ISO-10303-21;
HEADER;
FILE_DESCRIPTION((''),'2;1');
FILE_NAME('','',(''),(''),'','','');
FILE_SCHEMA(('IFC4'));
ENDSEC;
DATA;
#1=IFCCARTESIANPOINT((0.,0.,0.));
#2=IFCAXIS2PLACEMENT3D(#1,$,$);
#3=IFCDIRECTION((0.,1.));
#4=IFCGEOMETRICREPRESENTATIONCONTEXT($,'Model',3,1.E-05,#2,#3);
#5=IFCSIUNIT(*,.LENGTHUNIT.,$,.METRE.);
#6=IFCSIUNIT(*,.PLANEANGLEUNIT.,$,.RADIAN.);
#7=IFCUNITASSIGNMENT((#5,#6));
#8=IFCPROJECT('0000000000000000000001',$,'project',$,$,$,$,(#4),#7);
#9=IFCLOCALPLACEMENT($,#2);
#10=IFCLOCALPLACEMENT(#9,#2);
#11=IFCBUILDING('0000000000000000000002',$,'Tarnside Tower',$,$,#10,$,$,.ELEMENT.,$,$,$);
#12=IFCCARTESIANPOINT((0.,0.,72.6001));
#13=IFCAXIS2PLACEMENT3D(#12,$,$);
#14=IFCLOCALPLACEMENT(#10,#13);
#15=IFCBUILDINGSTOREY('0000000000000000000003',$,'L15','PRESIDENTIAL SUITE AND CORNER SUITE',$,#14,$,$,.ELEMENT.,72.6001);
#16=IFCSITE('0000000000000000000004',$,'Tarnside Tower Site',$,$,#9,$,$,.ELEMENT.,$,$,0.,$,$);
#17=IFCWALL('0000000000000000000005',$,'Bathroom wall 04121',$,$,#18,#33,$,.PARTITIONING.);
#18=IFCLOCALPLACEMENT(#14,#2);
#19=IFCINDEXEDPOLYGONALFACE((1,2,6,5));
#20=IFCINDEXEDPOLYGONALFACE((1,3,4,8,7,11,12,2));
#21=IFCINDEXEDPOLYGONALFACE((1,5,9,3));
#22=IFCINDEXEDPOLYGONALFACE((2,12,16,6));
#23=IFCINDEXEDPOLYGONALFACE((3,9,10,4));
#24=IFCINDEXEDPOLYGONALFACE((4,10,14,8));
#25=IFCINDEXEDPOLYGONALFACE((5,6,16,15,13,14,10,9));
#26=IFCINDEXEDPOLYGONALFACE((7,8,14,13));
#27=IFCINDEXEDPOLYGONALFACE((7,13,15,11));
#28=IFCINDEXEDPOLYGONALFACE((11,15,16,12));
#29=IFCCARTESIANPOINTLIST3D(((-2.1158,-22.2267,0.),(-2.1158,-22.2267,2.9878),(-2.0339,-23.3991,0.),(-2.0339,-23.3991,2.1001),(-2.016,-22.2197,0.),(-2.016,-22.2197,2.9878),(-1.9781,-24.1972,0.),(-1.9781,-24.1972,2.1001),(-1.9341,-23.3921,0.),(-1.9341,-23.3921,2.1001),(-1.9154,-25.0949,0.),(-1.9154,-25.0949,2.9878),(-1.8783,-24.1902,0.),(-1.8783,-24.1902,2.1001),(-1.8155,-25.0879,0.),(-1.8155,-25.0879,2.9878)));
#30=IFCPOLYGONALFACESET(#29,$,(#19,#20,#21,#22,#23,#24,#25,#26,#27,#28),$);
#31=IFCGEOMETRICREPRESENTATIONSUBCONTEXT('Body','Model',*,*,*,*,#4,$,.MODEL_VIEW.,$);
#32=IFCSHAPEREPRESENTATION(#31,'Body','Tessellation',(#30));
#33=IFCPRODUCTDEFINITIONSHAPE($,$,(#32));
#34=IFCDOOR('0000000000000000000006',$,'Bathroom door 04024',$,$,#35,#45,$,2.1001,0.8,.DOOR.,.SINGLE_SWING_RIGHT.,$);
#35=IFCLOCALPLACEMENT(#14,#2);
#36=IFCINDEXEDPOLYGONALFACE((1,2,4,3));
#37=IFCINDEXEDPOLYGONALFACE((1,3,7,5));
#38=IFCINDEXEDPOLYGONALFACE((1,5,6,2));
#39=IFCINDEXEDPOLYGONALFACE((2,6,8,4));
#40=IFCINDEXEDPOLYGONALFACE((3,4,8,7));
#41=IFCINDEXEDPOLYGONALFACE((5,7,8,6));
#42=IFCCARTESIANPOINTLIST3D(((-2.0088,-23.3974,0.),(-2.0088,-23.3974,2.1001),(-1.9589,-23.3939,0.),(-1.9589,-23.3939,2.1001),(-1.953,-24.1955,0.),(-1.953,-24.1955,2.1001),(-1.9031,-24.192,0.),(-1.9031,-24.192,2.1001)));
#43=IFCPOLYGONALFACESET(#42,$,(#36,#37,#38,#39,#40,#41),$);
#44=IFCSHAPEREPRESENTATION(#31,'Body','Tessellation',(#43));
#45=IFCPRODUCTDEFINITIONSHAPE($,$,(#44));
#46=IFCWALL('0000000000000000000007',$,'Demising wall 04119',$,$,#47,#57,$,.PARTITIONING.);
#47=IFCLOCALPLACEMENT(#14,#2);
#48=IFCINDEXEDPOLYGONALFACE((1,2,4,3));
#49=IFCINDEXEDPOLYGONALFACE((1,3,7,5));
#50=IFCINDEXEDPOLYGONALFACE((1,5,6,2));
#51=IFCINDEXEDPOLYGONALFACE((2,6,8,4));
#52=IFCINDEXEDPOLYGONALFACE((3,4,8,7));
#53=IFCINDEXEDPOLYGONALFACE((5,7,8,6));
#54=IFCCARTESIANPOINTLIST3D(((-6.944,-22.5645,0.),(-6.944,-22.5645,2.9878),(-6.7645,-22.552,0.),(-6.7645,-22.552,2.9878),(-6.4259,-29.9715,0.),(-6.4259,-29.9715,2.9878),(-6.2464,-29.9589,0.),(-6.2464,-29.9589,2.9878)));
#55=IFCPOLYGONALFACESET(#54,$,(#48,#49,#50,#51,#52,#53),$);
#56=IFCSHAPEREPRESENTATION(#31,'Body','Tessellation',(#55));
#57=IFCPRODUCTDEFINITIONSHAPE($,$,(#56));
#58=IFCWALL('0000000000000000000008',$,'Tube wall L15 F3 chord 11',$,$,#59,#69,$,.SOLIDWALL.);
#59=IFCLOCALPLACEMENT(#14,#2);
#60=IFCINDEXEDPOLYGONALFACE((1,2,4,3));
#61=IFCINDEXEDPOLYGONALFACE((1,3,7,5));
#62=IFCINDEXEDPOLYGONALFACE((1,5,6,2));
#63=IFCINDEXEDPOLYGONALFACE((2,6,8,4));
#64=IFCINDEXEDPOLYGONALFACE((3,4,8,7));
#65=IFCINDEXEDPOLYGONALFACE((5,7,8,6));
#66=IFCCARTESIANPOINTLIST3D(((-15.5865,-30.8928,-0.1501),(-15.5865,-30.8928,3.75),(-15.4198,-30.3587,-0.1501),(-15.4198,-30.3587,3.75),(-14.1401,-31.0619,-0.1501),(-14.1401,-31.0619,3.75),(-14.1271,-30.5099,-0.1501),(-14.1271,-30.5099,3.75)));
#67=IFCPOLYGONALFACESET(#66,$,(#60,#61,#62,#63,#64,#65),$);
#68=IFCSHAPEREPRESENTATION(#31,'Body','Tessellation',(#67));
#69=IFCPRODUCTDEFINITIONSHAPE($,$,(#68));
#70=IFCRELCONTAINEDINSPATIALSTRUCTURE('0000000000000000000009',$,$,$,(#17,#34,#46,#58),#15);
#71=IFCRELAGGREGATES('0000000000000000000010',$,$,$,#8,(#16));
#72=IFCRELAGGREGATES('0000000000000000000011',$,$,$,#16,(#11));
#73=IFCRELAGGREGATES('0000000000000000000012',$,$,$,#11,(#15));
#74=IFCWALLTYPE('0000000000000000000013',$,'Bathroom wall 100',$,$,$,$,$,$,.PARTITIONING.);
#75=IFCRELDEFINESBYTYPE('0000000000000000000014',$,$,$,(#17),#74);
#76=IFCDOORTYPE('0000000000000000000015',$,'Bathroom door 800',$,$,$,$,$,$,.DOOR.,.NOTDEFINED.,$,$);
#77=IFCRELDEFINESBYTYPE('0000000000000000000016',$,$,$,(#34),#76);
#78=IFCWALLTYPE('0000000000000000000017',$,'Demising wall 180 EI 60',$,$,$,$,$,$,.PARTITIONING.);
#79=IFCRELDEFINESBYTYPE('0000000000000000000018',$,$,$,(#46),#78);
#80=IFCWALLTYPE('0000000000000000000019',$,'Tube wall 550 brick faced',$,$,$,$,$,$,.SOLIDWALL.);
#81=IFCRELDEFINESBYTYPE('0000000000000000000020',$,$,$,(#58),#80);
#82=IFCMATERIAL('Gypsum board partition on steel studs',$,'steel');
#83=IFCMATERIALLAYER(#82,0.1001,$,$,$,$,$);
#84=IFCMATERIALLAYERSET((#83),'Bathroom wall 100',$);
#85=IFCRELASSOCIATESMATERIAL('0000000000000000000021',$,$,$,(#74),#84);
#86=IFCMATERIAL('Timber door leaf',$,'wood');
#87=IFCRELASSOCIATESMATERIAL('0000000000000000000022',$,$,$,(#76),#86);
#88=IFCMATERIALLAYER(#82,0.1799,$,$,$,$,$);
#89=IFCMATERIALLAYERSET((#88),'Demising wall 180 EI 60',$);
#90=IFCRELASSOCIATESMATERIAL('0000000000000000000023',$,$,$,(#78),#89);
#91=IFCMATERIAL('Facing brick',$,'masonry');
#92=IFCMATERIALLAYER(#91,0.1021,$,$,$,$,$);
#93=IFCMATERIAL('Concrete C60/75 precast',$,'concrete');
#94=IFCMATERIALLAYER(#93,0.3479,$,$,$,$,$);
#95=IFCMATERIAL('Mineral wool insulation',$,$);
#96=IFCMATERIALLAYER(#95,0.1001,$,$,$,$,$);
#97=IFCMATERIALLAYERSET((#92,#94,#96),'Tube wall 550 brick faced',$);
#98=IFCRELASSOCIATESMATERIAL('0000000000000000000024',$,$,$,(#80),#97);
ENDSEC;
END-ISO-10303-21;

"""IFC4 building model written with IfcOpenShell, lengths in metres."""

from ifc_helpers import new_model, si_unit, direction, frame, frame_2d, origin, place, context, subcontext, project, spatial, polyline, rectangle, outline, extrude, material, layer, layer_set, type_object, element, fill, save


model = new_model("IFC4")

# Units and contexts
model_context = context("Model", 3, precision=1e-05, world=origin(), true_north=direction((0.0, 1.0)))
body_context = subcontext(model_context, "Body", "Model", "MODEL_VIEW")
ifc_project = project(units=[si_unit("LENGTHUNIT", "METRE"), si_unit("PLANEANGLEUNIT", "RADIAN")], contexts=[model_context])

# Site, building, storey
site_placement = place(None, origin())
site = spatial("IfcSite", under=ifc_project, at=site_placement, Name="Tarnside Tower Site", CompositionType="ELEMENT", RefElevation=0.0)
building_placement = place(site_placement, origin())
building = spatial("IfcBuilding", under=site, at=building_placement, Name="Tarnside Tower", CompositionType="ELEMENT")
storey_placement = place(building_placement, frame((0.0, 0.0, 72.6001)))
storey = spatial("IfcBuildingStorey", under=building, at=storey_placement, Name="L15", Description="PRESIDENTIAL SUITE AND CORNER SUITE", CompositionType="ELEMENT", Elevation=72.6001)

# Wall, opening, door
ifc_material_1 = material(Name="Gypsum board partition on steel studs", Category="steel")
ifc_layer_1 = layer(ifc_material_1, 0.1001)
ifc_layer_set_1 = layer_set([ifc_layer_1], Name="Bathroom wall 100")
wall_type_1 = type_object("IfcWallType", Name="Bathroom wall 100", PredefinedType="PARTITIONING", material=ifc_layer_set_1)
wall_1_placement = place(storey_placement, frame((-1.8655, -25.0913, 0.0), z_axis=(0.0, 0.0, 1.0), x_axis=(-0.069714, 0.997567, 0.0)))
wall_1 = element("IfcWall", 1, at=wall_1_placement, inside=storey, type_object=wall_type_1, Name="Bathroom wall 04121", PredefinedType="PARTITIONING", context=body_context, shape_type="SweptSolid", body=[
    extrude(rectangle(XDim=2.8752, YDim=0.1001, at=frame_2d((1.4375, 0.0))), origin(), (0.0, 0.0, 1.0), 2.9878),
])
opening_1_placement = place(wall_1_placement, frame((0.8999, 0.0, 0.0)))
opening_1 = element("IfcOpeningElement", 2, at=opening_1_placement, cuts=wall_1, PredefinedType="OPENING", context=body_context, shape_type="SweptSolid", body=[
    extrude(rectangle(XDim=0.8, YDim=2.1001, at=frame_2d((0.3999, 1.05))), frame((0.0, 0.0601, 0.0), z_axis=(0.0, -1.0, 0.0), x_axis=(1.0, 0.0, 0.0)), (0.0, 0.0, 1.0), 0.1201),
])
ifc_material_2 = material(Name="Timber door leaf", Category="wood")
door_type = type_object("IfcDoorType", Name="Bathroom door 800", OperationType="NOTDEFINED", PredefinedType="DOOR", material=ifc_material_2)
door_placement = place(opening_1_placement, origin())
door = element("IfcDoor", 3, at=door_placement, inside=storey, type_object=door_type, Name="Bathroom door 04024", OperationType="SINGLE_SWING_RIGHT", OverallHeight=2.1001, OverallWidth=0.8, PredefinedType="DOOR", context=body_context, shape_type="SweptSolid", body=[
    extrude(rectangle(XDim=0.8, YDim=2.1001, at=frame_2d((0.3999, 1.05))), frame((0.0, 0.0249, 0.0), z_axis=(0.0, -1.0, 0.0), x_axis=(1.0, 0.0, 0.0)), (0.0, 0.0, 1.0), 0.05),
])
fill(opening_1, door)

# Walls
ifc_layer_2 = layer(ifc_material_1, 0.1799)
ifc_layer_set_2 = layer_set([ifc_layer_2], Name="Demising wall 180 EI 60")
wall_type_2 = type_object("IfcWallType", Name="Demising wall 180 EI 60", PredefinedType="PARTITIONING", material=ifc_layer_set_2)
wall_2_placement = place(storey_placement, frame((-6.3362, -29.9651, 0.0), z_axis=(0.0, 0.0, 1.0), x_axis=(-0.069773, 0.997563, 0.0)))
element("IfcWall", 4, at=wall_2_placement, inside=storey, type_object=wall_type_2, Name="Demising wall 04119", PredefinedType="PARTITIONING", context=body_context, shape_type="SweptSolid", body=[
    extrude(rectangle(XDim=7.425, YDim=0.1799, at=frame_2d((3.7124, 0.0))), origin(), (0.0, 0.0, 1.0), 2.9878),
])
ifc_material_3 = material(Name="Facing brick", Category="masonry")
ifc_layer_3 = layer(ifc_material_3, 0.1021)
ifc_material_4 = material(Name="Concrete C60/75 precast", Category="concrete")
ifc_layer_4 = layer(ifc_material_4, 0.3479)
ifc_material_5 = material(Name="Mineral wool insulation")
ifc_layer_5 = layer(ifc_material_5, 0.1001)
ifc_layer_set_3 = layer_set([ifc_layer_3, ifc_layer_4, ifc_layer_5], Name="Tube wall 550 brick faced")
wall_type_3 = type_object("IfcWallType", Name="Tube wall 550 brick faced", PredefinedType="SOLIDWALL", material=ifc_layer_set_3)
wall_3_placement = place(storey_placement, frame((-15.5032, -30.6257, -0.1501), z_axis=(0.0, 0.0, 1.0), x_axis=(0.993233, -0.116143, 0.0)))
element("IfcWall", 5, at=wall_3_placement, inside=storey, type_object=wall_type_3, Name="Tube wall L15 F3 chord 11", PredefinedType="SOLIDWALL", context=body_context, shape_type="SweptSolid", body=[
    extrude(outline(polyline([(-0.0518, -0.2749), (1.4045, -0.2749), (1.3533, 0.2749), (0.0518, 0.2749), (-0.0518, -0.2749)])), origin(), (0.0, 0.0, 1.0), 3.9001),
])

save(model, "model.ifc")
